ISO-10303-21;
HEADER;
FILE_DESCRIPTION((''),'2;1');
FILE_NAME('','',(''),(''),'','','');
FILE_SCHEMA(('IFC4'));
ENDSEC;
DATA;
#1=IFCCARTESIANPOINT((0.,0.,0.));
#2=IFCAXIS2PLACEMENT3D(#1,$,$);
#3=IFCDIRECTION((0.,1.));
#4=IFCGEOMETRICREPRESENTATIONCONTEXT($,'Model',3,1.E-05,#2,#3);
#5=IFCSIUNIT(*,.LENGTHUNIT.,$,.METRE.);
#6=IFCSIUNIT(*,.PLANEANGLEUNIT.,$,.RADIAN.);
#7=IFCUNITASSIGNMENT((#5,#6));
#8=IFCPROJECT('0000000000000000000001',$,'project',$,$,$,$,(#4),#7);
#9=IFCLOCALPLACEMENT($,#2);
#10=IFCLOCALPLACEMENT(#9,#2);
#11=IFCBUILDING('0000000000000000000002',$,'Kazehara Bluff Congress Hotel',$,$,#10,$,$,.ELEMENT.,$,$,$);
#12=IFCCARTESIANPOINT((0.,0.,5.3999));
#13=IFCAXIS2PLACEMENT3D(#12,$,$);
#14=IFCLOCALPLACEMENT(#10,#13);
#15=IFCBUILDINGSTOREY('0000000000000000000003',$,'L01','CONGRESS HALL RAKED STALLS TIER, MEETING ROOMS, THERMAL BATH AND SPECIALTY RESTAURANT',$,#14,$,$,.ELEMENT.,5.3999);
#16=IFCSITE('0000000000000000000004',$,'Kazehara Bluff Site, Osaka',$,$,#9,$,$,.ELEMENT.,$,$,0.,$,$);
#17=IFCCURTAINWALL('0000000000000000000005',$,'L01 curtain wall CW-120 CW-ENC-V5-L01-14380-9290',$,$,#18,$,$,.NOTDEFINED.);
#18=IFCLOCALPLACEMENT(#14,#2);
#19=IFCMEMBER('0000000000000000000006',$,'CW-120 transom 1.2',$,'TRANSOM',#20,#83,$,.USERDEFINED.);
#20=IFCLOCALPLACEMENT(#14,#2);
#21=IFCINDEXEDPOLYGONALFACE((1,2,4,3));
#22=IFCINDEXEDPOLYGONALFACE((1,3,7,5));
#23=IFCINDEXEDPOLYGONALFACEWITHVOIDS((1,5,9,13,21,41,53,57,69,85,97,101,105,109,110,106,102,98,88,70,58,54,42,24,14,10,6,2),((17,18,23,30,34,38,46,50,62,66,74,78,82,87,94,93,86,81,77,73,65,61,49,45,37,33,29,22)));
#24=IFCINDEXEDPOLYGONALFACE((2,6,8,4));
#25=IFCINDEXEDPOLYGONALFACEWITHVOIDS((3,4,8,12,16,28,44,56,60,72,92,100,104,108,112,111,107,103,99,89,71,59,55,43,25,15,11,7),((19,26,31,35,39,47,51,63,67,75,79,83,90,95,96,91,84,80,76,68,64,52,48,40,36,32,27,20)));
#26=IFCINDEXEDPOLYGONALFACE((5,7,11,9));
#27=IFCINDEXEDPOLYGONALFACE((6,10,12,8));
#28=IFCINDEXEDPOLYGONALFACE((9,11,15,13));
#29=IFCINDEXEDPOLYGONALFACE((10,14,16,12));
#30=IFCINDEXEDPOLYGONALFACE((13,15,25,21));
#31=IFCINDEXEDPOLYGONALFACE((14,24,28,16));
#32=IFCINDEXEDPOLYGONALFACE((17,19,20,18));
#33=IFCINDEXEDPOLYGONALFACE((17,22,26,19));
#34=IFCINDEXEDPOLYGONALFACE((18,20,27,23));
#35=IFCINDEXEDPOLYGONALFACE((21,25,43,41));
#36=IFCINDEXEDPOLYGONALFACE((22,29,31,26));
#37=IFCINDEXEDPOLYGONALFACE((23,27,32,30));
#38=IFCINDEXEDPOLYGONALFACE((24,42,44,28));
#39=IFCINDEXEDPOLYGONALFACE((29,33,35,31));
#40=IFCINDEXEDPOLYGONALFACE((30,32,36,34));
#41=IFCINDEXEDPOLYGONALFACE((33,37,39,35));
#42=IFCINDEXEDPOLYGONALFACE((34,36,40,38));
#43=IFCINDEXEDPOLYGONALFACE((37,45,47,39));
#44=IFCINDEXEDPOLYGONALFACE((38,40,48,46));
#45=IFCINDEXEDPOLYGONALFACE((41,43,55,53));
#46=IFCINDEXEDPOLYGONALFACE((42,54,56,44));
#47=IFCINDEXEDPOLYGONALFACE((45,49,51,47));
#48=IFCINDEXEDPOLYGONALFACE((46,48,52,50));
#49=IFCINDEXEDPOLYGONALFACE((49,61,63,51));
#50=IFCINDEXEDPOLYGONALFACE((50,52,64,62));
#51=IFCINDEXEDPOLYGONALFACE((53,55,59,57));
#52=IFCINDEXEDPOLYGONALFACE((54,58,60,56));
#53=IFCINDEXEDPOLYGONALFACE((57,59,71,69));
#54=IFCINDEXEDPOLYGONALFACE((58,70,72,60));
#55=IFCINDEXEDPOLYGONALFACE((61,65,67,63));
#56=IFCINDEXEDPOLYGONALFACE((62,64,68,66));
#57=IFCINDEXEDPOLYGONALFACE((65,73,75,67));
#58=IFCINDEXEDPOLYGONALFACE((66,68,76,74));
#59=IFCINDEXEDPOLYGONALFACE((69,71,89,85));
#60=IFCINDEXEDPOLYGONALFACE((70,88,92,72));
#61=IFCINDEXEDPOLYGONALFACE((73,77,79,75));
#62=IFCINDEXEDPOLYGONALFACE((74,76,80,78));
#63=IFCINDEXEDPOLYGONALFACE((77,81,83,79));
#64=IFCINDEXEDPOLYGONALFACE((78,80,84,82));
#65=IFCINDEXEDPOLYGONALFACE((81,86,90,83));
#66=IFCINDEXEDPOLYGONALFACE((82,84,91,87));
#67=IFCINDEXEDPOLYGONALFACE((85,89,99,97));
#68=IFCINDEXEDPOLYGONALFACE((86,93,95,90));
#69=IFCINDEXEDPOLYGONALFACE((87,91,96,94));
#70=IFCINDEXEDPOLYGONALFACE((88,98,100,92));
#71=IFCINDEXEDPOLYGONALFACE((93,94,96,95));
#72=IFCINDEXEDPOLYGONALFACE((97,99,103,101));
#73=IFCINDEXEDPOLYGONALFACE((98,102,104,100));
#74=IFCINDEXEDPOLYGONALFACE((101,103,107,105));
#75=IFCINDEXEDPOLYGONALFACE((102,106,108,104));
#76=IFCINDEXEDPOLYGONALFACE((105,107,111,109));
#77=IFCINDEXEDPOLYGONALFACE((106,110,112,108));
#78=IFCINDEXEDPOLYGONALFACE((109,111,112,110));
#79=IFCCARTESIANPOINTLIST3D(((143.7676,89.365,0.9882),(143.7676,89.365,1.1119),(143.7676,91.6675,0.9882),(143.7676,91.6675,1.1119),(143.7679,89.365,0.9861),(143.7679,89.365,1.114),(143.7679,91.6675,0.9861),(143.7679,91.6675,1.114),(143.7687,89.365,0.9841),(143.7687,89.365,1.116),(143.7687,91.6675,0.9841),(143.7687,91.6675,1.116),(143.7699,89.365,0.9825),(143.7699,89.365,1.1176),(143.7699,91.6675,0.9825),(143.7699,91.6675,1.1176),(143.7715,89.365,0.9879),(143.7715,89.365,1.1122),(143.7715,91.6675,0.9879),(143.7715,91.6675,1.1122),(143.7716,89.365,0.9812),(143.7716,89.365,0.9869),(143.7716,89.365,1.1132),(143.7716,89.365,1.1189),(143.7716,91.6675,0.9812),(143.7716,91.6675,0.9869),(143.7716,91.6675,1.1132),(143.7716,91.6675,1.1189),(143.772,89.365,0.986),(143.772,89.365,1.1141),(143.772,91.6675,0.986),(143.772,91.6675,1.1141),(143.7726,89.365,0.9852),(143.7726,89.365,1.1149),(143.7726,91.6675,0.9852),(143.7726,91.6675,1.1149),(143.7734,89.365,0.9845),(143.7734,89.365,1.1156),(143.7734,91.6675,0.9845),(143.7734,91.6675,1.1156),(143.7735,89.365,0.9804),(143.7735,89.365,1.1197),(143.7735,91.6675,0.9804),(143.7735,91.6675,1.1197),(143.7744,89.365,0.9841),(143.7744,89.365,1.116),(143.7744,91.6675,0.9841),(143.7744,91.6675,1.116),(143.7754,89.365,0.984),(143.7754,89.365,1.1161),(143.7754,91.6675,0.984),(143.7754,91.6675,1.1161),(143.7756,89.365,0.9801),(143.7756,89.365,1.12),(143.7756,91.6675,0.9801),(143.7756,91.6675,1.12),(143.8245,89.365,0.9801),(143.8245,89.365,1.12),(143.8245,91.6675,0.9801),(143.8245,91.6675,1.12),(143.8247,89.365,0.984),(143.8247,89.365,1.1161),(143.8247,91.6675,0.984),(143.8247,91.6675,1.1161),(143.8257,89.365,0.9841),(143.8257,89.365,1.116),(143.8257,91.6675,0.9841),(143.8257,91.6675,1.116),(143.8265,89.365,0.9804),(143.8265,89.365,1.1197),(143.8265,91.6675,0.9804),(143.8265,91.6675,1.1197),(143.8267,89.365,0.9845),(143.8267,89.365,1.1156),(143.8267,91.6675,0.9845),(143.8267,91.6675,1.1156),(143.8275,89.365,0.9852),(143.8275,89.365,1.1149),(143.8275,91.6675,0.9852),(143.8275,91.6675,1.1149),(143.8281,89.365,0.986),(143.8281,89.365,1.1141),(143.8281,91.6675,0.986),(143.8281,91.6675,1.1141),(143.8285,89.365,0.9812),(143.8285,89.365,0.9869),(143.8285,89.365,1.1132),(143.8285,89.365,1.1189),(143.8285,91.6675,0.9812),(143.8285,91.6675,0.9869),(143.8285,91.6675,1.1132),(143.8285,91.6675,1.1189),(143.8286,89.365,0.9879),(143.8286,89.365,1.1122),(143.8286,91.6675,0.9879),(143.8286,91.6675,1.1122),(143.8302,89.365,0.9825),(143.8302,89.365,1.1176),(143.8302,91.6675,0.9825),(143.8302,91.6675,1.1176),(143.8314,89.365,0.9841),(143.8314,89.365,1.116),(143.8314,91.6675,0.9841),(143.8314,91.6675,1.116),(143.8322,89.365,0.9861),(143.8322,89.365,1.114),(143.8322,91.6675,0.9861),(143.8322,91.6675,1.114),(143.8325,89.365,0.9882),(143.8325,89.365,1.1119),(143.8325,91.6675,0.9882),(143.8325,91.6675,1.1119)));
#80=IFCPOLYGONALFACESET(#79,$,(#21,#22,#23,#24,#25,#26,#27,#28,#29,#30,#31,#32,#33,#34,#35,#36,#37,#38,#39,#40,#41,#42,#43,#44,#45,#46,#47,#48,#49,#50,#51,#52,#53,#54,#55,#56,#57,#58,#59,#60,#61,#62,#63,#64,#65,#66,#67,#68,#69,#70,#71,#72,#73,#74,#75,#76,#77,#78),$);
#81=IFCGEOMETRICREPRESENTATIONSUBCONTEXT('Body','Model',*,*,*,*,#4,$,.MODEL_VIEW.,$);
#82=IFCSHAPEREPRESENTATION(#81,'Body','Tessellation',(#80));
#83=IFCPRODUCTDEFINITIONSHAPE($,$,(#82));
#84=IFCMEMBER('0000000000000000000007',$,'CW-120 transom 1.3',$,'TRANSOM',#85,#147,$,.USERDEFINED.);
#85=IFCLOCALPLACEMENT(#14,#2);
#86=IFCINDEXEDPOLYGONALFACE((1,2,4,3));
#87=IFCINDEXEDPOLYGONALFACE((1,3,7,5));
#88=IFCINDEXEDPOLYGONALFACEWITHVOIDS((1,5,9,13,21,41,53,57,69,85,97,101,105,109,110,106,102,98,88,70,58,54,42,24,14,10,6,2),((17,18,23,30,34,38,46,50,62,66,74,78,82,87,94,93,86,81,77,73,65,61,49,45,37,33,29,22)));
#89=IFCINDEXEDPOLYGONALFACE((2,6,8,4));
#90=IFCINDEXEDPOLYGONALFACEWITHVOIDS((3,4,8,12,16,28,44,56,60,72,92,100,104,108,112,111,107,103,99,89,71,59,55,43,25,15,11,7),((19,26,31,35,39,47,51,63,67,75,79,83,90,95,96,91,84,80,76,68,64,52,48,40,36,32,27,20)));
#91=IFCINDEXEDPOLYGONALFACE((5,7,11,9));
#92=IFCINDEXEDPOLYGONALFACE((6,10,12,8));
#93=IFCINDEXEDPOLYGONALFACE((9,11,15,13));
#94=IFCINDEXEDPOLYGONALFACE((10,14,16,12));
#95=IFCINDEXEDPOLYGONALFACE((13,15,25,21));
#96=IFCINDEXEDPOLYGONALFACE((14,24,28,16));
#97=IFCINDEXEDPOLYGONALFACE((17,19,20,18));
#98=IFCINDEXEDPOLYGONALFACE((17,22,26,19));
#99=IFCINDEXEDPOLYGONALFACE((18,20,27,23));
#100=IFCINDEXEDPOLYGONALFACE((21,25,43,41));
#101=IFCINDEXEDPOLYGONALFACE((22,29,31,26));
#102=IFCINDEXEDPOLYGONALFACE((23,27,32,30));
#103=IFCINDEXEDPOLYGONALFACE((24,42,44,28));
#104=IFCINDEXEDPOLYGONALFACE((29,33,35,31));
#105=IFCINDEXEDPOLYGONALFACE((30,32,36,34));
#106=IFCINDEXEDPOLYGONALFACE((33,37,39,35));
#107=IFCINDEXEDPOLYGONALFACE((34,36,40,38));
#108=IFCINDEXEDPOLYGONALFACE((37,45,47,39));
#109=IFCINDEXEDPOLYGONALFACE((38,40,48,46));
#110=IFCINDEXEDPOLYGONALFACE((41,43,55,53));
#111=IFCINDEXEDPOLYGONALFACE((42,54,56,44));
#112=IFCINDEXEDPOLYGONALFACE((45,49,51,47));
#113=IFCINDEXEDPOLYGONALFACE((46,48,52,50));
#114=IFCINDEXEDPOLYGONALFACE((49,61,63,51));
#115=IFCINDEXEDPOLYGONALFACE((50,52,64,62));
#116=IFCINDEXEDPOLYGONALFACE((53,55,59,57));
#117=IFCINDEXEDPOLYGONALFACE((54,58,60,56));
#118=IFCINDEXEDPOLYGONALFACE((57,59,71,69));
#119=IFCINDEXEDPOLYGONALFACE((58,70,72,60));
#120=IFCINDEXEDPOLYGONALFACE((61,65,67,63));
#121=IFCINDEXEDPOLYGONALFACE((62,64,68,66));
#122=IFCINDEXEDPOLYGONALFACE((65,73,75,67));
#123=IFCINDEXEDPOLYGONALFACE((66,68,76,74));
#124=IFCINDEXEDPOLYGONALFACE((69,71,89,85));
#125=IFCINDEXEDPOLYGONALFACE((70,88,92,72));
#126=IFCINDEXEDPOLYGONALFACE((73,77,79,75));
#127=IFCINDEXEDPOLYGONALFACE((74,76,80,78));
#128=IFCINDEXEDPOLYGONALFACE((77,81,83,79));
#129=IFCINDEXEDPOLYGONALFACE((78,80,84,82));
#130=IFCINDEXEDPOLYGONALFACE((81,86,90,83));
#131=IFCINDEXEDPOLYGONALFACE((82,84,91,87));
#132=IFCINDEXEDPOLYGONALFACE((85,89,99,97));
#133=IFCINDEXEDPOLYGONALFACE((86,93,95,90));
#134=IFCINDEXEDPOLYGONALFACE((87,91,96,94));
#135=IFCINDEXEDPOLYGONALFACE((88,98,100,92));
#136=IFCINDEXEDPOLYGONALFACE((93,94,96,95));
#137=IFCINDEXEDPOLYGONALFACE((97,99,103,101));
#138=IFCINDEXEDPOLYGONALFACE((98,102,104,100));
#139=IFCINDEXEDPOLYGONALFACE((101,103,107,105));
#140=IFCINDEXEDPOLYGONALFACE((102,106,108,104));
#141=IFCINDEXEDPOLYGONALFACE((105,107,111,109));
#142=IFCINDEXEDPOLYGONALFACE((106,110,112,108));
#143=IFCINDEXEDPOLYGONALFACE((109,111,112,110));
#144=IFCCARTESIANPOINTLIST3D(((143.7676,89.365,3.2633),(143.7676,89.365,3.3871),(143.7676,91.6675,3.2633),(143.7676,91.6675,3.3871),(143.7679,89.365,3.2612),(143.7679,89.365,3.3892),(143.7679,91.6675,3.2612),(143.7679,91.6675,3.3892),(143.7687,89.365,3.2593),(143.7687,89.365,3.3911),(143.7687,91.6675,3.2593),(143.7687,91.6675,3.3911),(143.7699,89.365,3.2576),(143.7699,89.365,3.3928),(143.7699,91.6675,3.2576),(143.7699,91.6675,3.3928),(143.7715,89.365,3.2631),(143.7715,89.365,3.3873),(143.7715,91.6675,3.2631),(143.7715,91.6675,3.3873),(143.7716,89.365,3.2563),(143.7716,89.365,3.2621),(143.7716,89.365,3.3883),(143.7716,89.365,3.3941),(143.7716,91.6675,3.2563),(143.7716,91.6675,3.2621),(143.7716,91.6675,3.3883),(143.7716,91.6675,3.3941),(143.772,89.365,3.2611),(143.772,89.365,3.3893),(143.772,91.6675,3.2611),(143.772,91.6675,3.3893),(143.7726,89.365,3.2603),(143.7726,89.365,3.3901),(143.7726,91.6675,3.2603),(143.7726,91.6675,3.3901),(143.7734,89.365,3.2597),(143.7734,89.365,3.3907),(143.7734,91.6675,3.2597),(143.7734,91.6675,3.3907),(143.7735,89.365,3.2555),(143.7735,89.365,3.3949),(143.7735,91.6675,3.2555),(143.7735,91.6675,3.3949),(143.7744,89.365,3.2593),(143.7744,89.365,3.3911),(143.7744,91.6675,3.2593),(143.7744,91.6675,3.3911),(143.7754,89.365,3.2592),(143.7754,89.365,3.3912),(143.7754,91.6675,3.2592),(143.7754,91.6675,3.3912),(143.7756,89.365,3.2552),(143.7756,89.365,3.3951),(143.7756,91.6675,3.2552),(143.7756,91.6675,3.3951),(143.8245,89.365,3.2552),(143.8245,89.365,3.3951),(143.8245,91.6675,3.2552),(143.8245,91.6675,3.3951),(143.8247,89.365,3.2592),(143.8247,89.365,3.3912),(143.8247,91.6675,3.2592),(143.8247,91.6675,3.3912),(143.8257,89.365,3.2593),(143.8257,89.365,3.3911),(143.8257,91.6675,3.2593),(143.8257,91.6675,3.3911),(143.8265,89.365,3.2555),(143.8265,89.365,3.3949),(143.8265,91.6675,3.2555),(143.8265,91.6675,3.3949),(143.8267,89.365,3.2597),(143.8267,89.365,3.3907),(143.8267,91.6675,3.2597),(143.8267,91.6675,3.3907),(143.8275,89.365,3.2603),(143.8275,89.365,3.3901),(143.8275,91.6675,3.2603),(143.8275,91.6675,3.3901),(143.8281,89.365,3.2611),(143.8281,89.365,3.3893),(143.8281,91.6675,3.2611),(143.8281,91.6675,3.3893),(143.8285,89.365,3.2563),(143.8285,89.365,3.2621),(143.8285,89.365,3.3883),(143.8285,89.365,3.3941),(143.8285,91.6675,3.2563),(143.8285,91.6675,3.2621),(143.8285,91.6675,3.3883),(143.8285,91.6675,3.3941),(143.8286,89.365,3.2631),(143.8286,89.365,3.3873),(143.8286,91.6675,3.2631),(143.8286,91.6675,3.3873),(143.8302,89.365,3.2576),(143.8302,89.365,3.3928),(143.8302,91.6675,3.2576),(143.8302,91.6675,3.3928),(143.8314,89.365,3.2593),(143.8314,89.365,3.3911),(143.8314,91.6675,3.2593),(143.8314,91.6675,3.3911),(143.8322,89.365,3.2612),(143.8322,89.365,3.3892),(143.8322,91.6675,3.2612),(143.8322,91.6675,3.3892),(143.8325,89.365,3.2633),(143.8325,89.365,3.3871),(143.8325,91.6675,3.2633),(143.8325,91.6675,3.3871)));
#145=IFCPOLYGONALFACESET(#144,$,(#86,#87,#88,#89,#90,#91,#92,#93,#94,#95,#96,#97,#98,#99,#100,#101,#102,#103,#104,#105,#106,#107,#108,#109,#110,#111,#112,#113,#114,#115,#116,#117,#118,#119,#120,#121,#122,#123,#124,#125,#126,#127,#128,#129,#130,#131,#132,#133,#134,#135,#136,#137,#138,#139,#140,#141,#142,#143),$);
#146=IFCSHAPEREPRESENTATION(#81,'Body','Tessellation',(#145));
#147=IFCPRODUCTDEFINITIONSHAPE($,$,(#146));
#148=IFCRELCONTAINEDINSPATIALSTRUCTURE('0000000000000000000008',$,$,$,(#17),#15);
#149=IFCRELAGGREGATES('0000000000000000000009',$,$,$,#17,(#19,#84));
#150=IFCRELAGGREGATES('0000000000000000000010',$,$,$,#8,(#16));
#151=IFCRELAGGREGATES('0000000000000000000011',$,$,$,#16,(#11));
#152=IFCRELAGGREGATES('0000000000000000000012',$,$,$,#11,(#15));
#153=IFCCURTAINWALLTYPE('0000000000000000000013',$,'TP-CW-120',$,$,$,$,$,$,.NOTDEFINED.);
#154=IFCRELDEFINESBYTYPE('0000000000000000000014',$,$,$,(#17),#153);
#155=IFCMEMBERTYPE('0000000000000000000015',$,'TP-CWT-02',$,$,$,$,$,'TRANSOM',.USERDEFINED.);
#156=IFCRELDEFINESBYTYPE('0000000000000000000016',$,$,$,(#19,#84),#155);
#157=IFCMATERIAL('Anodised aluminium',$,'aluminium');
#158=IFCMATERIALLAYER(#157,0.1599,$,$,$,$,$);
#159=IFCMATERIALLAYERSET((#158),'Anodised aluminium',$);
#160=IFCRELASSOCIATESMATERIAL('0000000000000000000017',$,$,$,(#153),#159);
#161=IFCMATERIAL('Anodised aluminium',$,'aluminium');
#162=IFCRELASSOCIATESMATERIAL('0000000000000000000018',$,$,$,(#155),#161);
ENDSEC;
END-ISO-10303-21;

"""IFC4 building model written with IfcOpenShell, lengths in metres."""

from ifc_helpers import new_model, si_unit, direction, frame, origin, origin_2d, place, context, subcontext, project, spatial, hollow_rectangle, extrude, material, layer, layer_set, material_profile, profile_set, type_object, element, aggregate, save


model = new_model("IFC4")

# Units and contexts
model_context = context("Model", 3, precision=1e-05, world=origin(), true_north=direction((0.0, 1.0)))
body_context = subcontext(model_context, "Body", "Model", "MODEL_VIEW")
ifc_project = project(units=[si_unit("LENGTHUNIT", "METRE"), si_unit("PLANEANGLEUNIT", "RADIAN")], contexts=[model_context])

# Site, building, storey
site_placement = place(None, origin())
site = spatial("IfcSite", under=ifc_project, at=site_placement, Name="Kazehara Bluff Site, Osaka", CompositionType="ELEMENT", RefElevation=0.0)
building_placement = place(site_placement, origin())
building = spatial("IfcBuilding", under=site, at=building_placement, Name="Kazehara Bluff Congress Hotel", CompositionType="ELEMENT")
storey_placement = place(building_placement, frame((0.0, 0.0, 5.3999)))
storey = spatial("IfcBuildingStorey", under=building, at=storey_placement, Name="L01", Description="CONGRESS HALL RAKED STALLS TIER, MEETING ROOMS, THERMAL BATH AND SPECIALTY RESTAURANT", CompositionType="ELEMENT", Elevation=5.3999)

# Curtain wall
ifc_material_1 = material(Name="Anodised aluminium", Category="aluminium")
ifc_layer_1 = layer(ifc_material_1, 0.1599)
ifc_layer_set_1 = layer_set([ifc_layer_1], Name="Anodised aluminium")
curtain_wall_type = type_object("IfcCurtainWallType", Name="TP-CW-120", PredefinedType="NOTDEFINED", material=ifc_layer_set_1)
curtain_wall_1_placement = place(storey_placement, origin())
curtain_wall_1 = element("IfcCurtainWall", 1, at=curtain_wall_1_placement, inside=storey, type_object=curtain_wall_type, Name="L01 curtain wall CW-120 CW-ENC-V5-L01-14380-9290", PredefinedType="NOTDEFINED")

# Members
ifc_material_2 = material(Name="Anodised aluminium", Category="aluminium")
ifc_material_profile_1 = material_profile(ifc_material_2, hollow_rectangle(XDim=0.0649, YDim=0.1399, WallThickness=0.0039, InnerFilletRadius=0.0039, OuterFilletRadius=0.0081, at=origin_2d()))
ifc_profile_set_1 = profile_set([ifc_material_profile_1], Name="Anodised aluminium")
member_type_1 = type_object("IfcMemberType", Name="TP-CWT-02", ElementType="TRANSOM", PredefinedType="USERDEFINED", material=ifc_profile_set_1)
member_1_placement = place(storey_placement, frame((143.8, 89.365, 1.05), z_axis=(0.0, 1.0, 0.0), x_axis=(-1.0, 0.0, 0.0)))
member_1 = element("IfcMember", 2, at=member_1_placement, type_object=member_type_1, Name="CW-120 transom 1.2", ObjectType="TRANSOM", PredefinedType="USERDEFINED", context=body_context, shape_type="SweptSolid", body=[
    extrude(hollow_rectangle(XDim=0.0649, YDim=0.1399, WallThickness=0.0039, InnerFilletRadius=0.0039, OuterFilletRadius=0.0081, at=origin_2d()), origin(), (0.0, 0.0, 1.0), 2.3025),
])
member_2_placement = place(storey_placement, frame((143.8, 89.365, 3.3252), z_axis=(0.0, 1.0, 0.0), x_axis=(-1.0, 0.0, 0.0)))
member_2 = element("IfcMember", 3, at=member_2_placement, type_object=member_type_1, Name="CW-120 transom 1.3", ObjectType="TRANSOM", PredefinedType="USERDEFINED", context=body_context, shape_type="SweptSolid", body=[
    extrude(hollow_rectangle(XDim=0.0649, YDim=0.1399, WallThickness=0.0039, InnerFilletRadius=0.0039, OuterFilletRadius=0.0081, at=origin_2d()), origin(), (0.0, 0.0, 1.0), 2.3025),
])

aggregate(curtain_wall_1, [member_1, member_2])

save(model, "model.ifc")
